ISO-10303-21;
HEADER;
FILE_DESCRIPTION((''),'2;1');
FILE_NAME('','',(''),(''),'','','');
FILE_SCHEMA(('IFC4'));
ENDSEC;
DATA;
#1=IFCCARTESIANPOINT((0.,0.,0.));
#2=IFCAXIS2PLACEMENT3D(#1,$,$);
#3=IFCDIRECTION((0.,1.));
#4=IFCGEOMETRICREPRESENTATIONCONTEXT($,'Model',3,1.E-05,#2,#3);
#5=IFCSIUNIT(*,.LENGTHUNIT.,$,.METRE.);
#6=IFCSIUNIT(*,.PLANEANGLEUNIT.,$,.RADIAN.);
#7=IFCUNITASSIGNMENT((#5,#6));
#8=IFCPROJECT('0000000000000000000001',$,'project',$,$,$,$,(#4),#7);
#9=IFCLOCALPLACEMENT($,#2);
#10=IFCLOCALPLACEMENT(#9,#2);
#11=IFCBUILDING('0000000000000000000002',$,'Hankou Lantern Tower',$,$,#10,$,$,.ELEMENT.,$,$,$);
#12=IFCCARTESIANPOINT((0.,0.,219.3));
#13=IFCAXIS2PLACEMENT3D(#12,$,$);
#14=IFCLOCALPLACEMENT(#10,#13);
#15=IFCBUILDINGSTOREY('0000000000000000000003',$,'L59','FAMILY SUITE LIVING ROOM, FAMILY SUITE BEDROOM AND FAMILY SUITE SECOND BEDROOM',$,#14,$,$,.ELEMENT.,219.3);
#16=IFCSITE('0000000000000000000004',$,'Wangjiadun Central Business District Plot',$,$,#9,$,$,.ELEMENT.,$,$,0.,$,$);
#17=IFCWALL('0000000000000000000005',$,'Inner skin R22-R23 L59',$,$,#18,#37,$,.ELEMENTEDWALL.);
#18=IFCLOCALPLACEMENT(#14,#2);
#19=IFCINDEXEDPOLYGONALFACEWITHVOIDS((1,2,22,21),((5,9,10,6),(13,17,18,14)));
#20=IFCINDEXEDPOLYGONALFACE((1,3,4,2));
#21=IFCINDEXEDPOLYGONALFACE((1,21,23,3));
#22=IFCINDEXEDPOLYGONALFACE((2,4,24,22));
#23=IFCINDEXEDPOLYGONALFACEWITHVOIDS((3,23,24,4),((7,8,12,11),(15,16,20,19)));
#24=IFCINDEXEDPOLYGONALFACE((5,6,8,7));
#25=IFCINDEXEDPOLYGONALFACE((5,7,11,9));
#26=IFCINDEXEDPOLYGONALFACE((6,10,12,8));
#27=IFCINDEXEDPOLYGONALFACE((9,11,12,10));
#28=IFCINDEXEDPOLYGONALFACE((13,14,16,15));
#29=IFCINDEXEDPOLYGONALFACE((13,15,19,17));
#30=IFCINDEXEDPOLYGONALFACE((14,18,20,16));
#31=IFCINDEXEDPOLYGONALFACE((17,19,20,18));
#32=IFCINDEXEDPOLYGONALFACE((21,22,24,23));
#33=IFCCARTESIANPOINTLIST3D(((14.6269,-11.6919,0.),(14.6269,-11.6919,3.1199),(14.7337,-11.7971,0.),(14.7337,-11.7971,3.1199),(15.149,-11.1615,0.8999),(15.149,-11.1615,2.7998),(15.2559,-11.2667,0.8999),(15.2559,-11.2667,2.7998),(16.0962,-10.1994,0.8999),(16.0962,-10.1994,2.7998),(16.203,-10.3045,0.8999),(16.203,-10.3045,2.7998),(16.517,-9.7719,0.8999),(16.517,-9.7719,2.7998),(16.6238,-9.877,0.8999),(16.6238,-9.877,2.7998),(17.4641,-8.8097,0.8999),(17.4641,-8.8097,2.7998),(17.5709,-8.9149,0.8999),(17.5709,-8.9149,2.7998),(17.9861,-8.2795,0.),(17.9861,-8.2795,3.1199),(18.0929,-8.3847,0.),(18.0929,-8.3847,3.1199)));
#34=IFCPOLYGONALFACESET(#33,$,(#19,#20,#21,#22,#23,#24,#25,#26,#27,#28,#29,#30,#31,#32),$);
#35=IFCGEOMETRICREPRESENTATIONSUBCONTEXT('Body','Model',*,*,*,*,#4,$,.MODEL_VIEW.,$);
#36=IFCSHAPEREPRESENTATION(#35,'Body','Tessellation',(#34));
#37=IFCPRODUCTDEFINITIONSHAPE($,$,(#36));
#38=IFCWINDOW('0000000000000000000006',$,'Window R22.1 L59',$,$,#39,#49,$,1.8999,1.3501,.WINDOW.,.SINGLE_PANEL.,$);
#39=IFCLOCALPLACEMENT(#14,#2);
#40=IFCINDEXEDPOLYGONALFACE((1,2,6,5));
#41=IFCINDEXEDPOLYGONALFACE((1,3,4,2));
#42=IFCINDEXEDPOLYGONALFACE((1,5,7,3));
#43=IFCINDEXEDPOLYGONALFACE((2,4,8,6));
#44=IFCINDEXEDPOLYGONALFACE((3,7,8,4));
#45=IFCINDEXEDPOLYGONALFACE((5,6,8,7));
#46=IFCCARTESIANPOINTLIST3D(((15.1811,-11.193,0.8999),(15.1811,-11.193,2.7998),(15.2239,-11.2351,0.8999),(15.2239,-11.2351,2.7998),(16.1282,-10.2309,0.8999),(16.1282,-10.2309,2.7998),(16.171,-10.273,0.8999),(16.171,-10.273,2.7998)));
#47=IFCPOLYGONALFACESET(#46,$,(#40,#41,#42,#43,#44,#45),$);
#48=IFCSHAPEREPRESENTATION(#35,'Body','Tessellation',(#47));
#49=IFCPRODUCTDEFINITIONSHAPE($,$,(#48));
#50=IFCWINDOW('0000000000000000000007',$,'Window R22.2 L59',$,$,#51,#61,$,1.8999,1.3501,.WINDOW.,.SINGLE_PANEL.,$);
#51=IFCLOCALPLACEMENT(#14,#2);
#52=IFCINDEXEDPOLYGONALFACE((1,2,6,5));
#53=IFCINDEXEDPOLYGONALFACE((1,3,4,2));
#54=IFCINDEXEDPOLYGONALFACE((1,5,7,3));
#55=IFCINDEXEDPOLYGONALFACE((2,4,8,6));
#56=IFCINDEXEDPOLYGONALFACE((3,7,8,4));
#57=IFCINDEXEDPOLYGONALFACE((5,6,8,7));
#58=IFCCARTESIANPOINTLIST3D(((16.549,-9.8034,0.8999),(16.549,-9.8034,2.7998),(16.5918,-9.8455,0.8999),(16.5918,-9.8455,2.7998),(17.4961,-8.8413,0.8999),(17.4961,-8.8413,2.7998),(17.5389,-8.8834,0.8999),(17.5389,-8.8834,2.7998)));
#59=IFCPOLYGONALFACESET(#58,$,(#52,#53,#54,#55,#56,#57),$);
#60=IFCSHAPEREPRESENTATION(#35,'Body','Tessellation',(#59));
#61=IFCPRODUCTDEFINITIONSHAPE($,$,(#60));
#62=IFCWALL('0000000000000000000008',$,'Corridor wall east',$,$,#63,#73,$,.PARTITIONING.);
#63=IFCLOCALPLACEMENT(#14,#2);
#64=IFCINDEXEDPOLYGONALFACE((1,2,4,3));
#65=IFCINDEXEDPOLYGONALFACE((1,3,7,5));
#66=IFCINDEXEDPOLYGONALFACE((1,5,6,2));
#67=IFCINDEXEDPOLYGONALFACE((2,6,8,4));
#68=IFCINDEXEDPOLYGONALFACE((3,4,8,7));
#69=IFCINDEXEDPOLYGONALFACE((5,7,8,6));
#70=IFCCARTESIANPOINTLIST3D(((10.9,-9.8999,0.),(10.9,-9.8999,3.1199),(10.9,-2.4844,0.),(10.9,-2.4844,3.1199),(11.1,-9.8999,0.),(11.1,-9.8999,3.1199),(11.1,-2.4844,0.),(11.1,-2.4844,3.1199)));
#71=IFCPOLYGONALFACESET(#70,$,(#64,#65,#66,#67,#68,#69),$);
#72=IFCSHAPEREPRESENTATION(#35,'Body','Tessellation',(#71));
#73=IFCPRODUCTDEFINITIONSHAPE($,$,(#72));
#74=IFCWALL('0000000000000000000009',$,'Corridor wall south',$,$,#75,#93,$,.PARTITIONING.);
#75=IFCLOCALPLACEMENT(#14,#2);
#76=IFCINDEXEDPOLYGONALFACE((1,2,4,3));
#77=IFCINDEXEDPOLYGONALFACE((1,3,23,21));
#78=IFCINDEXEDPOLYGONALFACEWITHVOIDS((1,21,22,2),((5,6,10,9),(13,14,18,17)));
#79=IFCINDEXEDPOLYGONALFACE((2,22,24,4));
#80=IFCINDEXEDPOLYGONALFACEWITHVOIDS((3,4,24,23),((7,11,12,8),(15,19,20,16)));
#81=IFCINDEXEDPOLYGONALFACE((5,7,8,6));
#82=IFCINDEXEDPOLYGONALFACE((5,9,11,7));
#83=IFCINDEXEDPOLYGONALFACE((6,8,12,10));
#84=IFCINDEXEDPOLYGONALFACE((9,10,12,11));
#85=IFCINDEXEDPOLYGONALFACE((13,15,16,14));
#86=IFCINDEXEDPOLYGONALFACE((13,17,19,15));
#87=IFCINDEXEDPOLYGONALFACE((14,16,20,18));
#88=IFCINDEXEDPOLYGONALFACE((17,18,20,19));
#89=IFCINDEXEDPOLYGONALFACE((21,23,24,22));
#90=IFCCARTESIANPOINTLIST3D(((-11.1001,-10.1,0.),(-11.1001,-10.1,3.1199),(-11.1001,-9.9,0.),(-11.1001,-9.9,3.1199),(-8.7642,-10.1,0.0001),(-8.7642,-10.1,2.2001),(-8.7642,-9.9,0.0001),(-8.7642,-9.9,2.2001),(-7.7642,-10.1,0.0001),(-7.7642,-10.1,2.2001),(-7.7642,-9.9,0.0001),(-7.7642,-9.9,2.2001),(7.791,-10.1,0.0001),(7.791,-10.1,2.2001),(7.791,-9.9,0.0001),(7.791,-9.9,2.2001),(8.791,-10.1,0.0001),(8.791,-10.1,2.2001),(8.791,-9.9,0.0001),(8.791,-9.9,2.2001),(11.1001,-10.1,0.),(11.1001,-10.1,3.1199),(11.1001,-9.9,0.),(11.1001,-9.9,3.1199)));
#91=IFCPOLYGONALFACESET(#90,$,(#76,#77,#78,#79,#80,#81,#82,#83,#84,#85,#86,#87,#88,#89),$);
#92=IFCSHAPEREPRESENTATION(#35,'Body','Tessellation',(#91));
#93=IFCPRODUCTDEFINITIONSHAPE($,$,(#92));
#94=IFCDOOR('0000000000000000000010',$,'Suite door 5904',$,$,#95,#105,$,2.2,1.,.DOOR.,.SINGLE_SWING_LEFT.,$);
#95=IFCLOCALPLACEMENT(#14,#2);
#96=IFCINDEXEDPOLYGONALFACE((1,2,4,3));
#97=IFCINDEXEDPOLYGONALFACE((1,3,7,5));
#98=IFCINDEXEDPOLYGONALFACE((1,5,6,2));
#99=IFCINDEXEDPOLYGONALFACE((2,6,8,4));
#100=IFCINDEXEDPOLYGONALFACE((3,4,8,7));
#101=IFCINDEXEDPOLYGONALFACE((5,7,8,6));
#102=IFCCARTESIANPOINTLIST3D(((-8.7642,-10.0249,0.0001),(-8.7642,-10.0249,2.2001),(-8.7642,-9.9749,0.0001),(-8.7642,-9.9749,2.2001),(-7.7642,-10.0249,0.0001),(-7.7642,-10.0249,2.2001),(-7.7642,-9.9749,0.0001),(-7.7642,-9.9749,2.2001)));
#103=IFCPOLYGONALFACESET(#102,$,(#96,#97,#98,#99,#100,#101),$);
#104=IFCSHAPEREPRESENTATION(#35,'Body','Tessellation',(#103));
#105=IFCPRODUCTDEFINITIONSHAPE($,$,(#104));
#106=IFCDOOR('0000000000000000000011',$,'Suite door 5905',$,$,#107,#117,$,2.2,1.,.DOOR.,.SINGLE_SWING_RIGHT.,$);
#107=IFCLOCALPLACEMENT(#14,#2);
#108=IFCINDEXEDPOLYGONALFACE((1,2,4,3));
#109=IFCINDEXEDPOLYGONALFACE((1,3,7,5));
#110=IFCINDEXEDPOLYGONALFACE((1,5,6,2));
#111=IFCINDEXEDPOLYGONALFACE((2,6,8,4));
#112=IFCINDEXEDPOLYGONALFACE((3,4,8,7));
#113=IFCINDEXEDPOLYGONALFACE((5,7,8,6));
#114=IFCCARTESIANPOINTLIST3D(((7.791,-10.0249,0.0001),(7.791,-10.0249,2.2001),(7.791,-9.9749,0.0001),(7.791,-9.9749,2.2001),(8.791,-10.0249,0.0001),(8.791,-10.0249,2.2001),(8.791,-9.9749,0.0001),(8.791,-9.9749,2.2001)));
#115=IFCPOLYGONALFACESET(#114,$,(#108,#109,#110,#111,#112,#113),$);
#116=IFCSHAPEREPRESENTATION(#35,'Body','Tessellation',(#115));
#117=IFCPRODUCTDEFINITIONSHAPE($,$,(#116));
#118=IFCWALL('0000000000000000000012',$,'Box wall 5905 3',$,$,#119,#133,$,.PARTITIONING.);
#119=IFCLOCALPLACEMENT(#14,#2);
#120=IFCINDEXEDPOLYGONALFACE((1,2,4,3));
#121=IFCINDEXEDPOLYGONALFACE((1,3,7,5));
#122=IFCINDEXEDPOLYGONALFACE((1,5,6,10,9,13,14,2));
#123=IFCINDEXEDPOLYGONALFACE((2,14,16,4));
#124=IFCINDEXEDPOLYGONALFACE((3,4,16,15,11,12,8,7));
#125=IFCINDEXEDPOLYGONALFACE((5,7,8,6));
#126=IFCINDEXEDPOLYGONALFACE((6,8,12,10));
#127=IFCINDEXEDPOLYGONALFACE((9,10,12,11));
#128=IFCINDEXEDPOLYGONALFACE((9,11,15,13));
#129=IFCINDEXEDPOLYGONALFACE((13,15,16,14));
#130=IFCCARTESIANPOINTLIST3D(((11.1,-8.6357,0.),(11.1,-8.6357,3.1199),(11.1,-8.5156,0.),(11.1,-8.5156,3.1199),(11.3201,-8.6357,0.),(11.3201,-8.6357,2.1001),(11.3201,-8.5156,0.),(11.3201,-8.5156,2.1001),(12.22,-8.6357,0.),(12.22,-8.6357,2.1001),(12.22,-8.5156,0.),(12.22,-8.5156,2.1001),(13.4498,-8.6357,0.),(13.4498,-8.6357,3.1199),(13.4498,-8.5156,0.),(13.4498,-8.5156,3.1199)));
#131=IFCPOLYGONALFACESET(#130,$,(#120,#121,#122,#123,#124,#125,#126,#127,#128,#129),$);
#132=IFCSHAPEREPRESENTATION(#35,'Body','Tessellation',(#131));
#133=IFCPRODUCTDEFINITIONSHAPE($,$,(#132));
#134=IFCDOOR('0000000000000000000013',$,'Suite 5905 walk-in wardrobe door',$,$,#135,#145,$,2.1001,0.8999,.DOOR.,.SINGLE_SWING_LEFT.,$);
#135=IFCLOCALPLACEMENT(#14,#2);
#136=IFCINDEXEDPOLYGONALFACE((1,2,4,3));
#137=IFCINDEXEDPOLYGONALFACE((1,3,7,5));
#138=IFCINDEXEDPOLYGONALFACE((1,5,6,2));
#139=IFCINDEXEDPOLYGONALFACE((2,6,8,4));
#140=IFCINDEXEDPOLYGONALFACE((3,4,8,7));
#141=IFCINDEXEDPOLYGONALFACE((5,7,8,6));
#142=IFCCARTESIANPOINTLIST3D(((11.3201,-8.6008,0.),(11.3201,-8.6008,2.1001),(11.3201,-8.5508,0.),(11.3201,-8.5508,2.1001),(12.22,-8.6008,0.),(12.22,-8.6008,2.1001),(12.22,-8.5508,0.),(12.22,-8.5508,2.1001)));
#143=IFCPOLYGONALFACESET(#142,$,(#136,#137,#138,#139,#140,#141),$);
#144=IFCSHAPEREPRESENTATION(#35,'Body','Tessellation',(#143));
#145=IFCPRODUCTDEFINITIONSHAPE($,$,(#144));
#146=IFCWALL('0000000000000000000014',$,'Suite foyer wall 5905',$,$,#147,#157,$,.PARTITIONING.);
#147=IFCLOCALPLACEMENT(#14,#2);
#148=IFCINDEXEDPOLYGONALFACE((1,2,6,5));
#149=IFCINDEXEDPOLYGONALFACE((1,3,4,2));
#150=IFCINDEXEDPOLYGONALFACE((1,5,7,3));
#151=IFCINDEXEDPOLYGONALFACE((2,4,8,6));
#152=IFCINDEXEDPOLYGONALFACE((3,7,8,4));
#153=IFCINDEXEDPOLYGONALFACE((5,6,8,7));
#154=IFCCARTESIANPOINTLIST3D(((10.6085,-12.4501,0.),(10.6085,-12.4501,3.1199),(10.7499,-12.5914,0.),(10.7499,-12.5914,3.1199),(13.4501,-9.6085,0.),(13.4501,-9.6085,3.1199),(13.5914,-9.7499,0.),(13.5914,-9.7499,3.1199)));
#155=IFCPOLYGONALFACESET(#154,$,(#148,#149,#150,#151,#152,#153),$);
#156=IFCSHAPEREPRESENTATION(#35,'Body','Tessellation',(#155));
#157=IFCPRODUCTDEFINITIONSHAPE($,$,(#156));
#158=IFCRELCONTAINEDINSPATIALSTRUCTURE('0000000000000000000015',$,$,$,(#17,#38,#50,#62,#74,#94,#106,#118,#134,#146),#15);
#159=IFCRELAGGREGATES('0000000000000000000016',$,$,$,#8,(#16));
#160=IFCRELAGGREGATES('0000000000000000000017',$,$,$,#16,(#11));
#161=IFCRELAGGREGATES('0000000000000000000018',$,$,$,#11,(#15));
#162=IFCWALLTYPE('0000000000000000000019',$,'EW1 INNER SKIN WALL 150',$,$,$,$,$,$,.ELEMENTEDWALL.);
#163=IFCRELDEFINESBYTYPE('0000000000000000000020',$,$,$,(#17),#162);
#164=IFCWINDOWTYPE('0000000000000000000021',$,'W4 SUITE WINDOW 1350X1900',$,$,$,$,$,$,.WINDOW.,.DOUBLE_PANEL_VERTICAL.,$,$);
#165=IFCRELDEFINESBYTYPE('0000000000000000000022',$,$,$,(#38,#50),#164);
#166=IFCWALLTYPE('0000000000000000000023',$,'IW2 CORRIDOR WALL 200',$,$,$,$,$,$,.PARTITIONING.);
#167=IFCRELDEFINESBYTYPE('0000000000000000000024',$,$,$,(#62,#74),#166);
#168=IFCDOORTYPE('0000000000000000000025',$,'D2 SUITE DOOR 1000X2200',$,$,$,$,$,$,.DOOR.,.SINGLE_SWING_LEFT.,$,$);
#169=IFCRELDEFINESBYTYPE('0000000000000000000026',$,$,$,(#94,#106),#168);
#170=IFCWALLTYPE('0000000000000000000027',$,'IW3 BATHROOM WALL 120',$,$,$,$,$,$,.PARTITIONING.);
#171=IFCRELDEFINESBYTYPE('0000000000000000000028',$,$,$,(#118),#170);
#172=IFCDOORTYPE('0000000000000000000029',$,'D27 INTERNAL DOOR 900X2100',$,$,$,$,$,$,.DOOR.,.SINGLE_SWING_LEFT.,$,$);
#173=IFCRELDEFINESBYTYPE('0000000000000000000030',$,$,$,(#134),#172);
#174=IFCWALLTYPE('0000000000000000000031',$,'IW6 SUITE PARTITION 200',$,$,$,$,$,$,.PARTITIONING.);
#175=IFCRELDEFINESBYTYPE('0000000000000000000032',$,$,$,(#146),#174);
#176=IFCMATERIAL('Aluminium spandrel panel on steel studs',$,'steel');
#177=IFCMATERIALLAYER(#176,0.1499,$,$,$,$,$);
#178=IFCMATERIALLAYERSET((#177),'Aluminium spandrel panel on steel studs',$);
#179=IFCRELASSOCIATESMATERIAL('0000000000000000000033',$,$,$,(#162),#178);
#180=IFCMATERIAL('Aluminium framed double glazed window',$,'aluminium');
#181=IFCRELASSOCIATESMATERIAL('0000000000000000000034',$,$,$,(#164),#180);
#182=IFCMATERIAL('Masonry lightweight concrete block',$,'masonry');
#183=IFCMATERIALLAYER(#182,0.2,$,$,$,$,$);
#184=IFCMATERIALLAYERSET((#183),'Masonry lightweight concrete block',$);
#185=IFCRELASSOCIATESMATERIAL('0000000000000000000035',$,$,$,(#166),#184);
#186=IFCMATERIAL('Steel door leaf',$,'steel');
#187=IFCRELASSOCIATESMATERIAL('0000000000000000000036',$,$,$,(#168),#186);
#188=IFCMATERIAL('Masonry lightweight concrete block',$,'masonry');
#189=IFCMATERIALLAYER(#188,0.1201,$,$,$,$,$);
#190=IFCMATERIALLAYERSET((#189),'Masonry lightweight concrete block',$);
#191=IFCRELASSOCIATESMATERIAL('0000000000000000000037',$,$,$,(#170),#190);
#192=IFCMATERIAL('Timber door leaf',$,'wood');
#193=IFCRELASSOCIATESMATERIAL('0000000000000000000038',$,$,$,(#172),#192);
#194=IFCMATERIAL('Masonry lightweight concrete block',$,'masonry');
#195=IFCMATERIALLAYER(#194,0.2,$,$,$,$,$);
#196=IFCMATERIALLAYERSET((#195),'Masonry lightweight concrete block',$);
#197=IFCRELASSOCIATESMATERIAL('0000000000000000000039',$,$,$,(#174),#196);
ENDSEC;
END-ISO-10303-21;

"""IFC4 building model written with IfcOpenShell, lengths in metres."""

from ifc_helpers import new_model, si_unit, direction, frame, frame_2d, origin, place, context, subcontext, project, spatial, rectangle, extrude, material, layer, layer_set, type_object, element, fill, save


model = new_model("IFC4")

# Units and contexts
model_context = context("Model", 3, precision=1e-05, world=origin(), true_north=direction((0.0, 1.0)))
body_context = subcontext(model_context, "Body", "Model", "MODEL_VIEW")
ifc_project = project(units=[si_unit("LENGTHUNIT", "METRE"), si_unit("PLANEANGLEUNIT", "RADIAN")], contexts=[model_context])

# Site, building, storey
site_placement = place(None, origin())
site = spatial("IfcSite", under=ifc_project, at=site_placement, Name="Wangjiadun Central Business District Plot", CompositionType="ELEMENT", RefElevation=0.0)
building_placement = place(site_placement, origin())
building = spatial("IfcBuilding", under=site, at=building_placement, Name="Hankou Lantern Tower", CompositionType="ELEMENT")
storey_placement = place(building_placement, frame((0.0, 0.0, 219.3)))
storey = spatial("IfcBuildingStorey", under=building, at=storey_placement, Name="L59", Description="FAMILY SUITE LIVING ROOM, FAMILY SUITE BEDROOM AND FAMILY SUITE SECOND BEDROOM", CompositionType="ELEMENT", Elevation=219.3)

# Wall, openings, windows
ifc_material_1 = material(Name="Aluminium spandrel panel on steel studs", Category="steel")
ifc_layer_1 = layer(ifc_material_1, 0.1499)
ifc_layer_set_1 = layer_set([ifc_layer_1], Name="Aluminium spandrel panel on steel studs")
wall_type_1 = type_object("IfcWallType", Name="EW1 INNER SKIN WALL 150", PredefinedType="ELEMENTEDWALL", material=ifc_layer_set_1)
ifc_material_2 = material(Name="Aluminium framed double glazed window", Category="aluminium")
window_type = type_object("IfcWindowType", Name="W4 SUITE WINDOW 1350X1900", PartitioningType="DOUBLE_PANEL_VERTICAL", PredefinedType="WINDOW", material=ifc_material_2)
wall_1_placement = place(storey_placement, frame((14.6804, -11.7444, 0.0), z_axis=(0.0, 0.0, 1.0), x_axis=(0.701527, 0.712643, 0.0)))
wall_1 = element("IfcWall", 1, at=wall_1_placement, inside=storey, type_object=wall_type_1, Name="Inner skin R22-R23 L59", PredefinedType="ELEMENTEDWALL", context=body_context, shape_type="SweptSolid", body=[
    extrude(rectangle(XDim=4.7883, YDim=0.1499, at=frame_2d((2.394, 0.0))), origin(), (0.0, 0.0, 1.0), 3.1199),
])
opening_1_placement = place(wall_1_placement, frame((0.7441, 0.0, 0.8999)))
opening_1 = element("IfcOpeningElement", 2, at=opening_1_placement, cuts=wall_1, PredefinedType="OPENING", context=body_context, shape_type="SweptSolid", body=[
    extrude(rectangle(XDim=1.3501, YDim=1.8999, at=frame_2d((0.675, 0.95))), frame((0.0, 0.085, 0.0), z_axis=(0.0, -1.0, 0.0), x_axis=(1.0, 0.0, 0.0)), (0.0, 0.0, 1.0), 0.1699),
])
opening_2_placement = place(wall_1_placement, frame((2.6941, 0.0, 0.8999)))
opening_2 = element("IfcOpeningElement", 3, at=opening_2_placement, cuts=wall_1, PredefinedType="OPENING", context=body_context, shape_type="SweptSolid", body=[
    extrude(rectangle(XDim=1.3501, YDim=1.8999, at=frame_2d((0.675, 0.95))), frame((0.0, 0.085, 0.0), z_axis=(0.0, -1.0, 0.0), x_axis=(1.0, 0.0, 0.0)), (0.0, 0.0, 1.0), 0.1699),
])
window_1_placement = place(opening_1_placement, origin())
window_1 = element("IfcWindow", 4, at=window_1_placement, inside=storey, type_object=window_type, Name="Window R22.1 L59", OverallHeight=1.8999, OverallWidth=1.3501, PartitioningType="SINGLE_PANEL", PredefinedType="WINDOW", context=body_context, shape_type="SweptSolid", body=[
    extrude(rectangle(XDim=1.3501, YDim=1.8999, at=frame_2d((0.675, 0.95))), frame((0.0, 0.03, 0.0), z_axis=(0.0, -1.0, 0.0), x_axis=(1.0, 0.0, 0.0)), (0.0, 0.0, 1.0), 0.0601),
])
fill(opening_1, window_1)
window_2_placement = place(opening_2_placement, origin())
window_2 = element("IfcWindow", 5, at=window_2_placement, inside=storey, type_object=window_type, Name="Window R22.2 L59", OverallHeight=1.8999, OverallWidth=1.3501, PartitioningType="SINGLE_PANEL", PredefinedType="WINDOW", context=body_context, shape_type="SweptSolid", body=[
    extrude(rectangle(XDim=1.3501, YDim=1.8999, at=frame_2d((0.675, 0.95))), frame((0.0, 0.03, 0.0), z_axis=(0.0, -1.0, 0.0), x_axis=(1.0, 0.0, 0.0)), (0.0, 0.0, 1.0), 0.0601),
])
fill(opening_2, window_2)

# Wall
ifc_material_3 = material(Name="Masonry lightweight concrete block", Category="masonry")
ifc_layer_2 = layer(ifc_material_3, 0.2)
ifc_layer_set_2 = layer_set([ifc_layer_2], Name="Masonry lightweight concrete block")
wall_type_2 = type_object("IfcWallType", Name="IW2 CORRIDOR WALL 200", PredefinedType="PARTITIONING", material=ifc_layer_set_2)
wall_2_placement = place(storey_placement, frame((11.0, -9.8999, 0.0), z_axis=(0.0, 0.0, 1.0), x_axis=(0.0, 1.0, 0.0)))
element("IfcWall", 6, at=wall_2_placement, inside=storey, type_object=wall_type_2, Name="Corridor wall east", PredefinedType="PARTITIONING", context=body_context, shape_type="SweptSolid", body=[
    extrude(rectangle(XDim=7.4155, YDim=0.2, at=frame_2d((3.7078, 0.0))), origin(), (0.0, 0.0, 1.0), 3.1199),
])

# Wall, openings, doors
wall_3_placement = place(storey_placement, frame((11.1001, -10.0, 0.0), z_axis=(0.0, 0.0, 1.0), x_axis=(-1.0, 0.0, 0.0)))
wall_3 = element("IfcWall", 7, at=wall_3_placement, inside=storey, type_object=wall_type_2, Name="Corridor wall south", PredefinedType="PARTITIONING", context=body_context, shape_type="SweptSolid", body=[
    extrude(rectangle(XDim=22.2002, YDim=0.2, at=frame_2d((11.1001, 0.0))), origin(), (0.0, 0.0, 1.0), 3.1199),
])
opening_3_placement = place(wall_3_placement, frame((18.8643, 0.0, 0.0)))
opening_3 = element("IfcOpeningElement", 8, at=opening_3_placement, cuts=wall_3, PredefinedType="OPENING", context=body_context, shape_type="SweptSolid", body=[
    extrude(rectangle(XDim=1.0, YDim=2.2, at=frame_2d((0.5, 1.1001))), frame((0.0, 0.1099, 0.0), z_axis=(0.0, -1.0, 0.0), x_axis=(1.0, 0.0, 0.0)), (0.0, 0.0, 1.0), 0.22),
])
opening_4_placement = place(wall_3_placement, frame((2.3091, 0.0, 0.0)))
opening_4 = element("IfcOpeningElement", 9, at=opening_4_placement, cuts=wall_3, PredefinedType="OPENING", context=body_context, shape_type="SweptSolid", body=[
    extrude(rectangle(XDim=1.0, YDim=2.2, at=frame_2d((0.5, 1.1001))), frame((0.0, 0.1099, 0.0), z_axis=(0.0, -1.0, 0.0), x_axis=(1.0, 0.0, 0.0)), (0.0, 0.0, 1.0), 0.22),
])
ifc_material_4 = material(Name="Steel door leaf", Category="steel")
door_type_1 = type_object("IfcDoorType", Name="D2 SUITE DOOR 1000X2200", OperationType="SINGLE_SWING_LEFT", PredefinedType="DOOR", material=ifc_material_4)
door_1_placement = place(opening_3_placement, origin())
door_1 = element("IfcDoor", 10, at=door_1_placement, inside=storey, type_object=door_type_1, Name="Suite door 5904", OperationType="SINGLE_SWING_LEFT", OverallHeight=2.2, OverallWidth=1.0, PredefinedType="DOOR", context=body_context, shape_type="SweptSolid", body=[
    extrude(rectangle(XDim=1.0, YDim=2.2, at=frame_2d((0.5, 1.1001))), frame((0.0, 0.0249, 0.0), z_axis=(0.0, -1.0, 0.0), x_axis=(1.0, 0.0, 0.0)), (0.0, 0.0, 1.0), 0.05),
])
fill(opening_3, door_1)
door_2_placement = place(opening_4_placement, origin())
door_2 = element("IfcDoor", 11, at=door_2_placement, inside=storey, type_object=door_type_1, Name="Suite door 5905", OperationType="SINGLE_SWING_RIGHT", OverallHeight=2.2, OverallWidth=1.0, PredefinedType="DOOR", context=body_context, shape_type="SweptSolid", body=[
    extrude(rectangle(XDim=1.0, YDim=2.2, at=frame_2d((0.5, 1.1001))), frame((0.0, 0.0249, 0.0), z_axis=(0.0, -1.0, 0.0), x_axis=(1.0, 0.0, 0.0)), (0.0, 0.0, 1.0), 0.05),
])
fill(opening_4, door_2)

# Wall, opening, door
ifc_material_5 = material(Name="Masonry lightweight concrete block", Category="masonry")
ifc_layer_3 = layer(ifc_material_5, 0.1201)
ifc_layer_set_3 = layer_set([ifc_layer_3], Name="Masonry lightweight concrete block")
wall_type_3 = type_object("IfcWallType", Name="IW3 BATHROOM WALL 120", PredefinedType="PARTITIONING", material=ifc_layer_set_3)
wall_4_placement = place(storey_placement, frame((11.1001, -8.5757, 0.0), z_axis=(0.0, 0.0, 1.0), x_axis=(1.0, 0.0, 0.0)))
wall_4 = element("IfcWall", 12, at=wall_4_placement, inside=storey, type_object=wall_type_3, Name="Box wall 5905 3", PredefinedType="PARTITIONING", context=body_context, shape_type="SweptSolid", body=[
    extrude(rectangle(XDim=2.3499, YDim=0.1201, at=frame_2d((1.1748, 0.0))), origin(), (0.0, 0.0, 1.0), 3.1199),
])
opening_5_placement = place(wall_4_placement, frame((0.22, 0.0, 0.0)))
opening_5 = element("IfcOpeningElement", 13, at=opening_5_placement, cuts=wall_4, PredefinedType="OPENING", context=body_context, shape_type="SweptSolid", body=[
    extrude(rectangle(XDim=0.8999, YDim=2.1001, at=frame_2d((0.45, 1.05))), frame((0.0, 0.0701, 0.0), z_axis=(0.0, -1.0, 0.0), x_axis=(1.0, 0.0, 0.0)), (0.0, 0.0, 1.0), 0.1401),
])
ifc_material_6 = material(Name="Timber door leaf", Category="wood")
door_type_2 = type_object("IfcDoorType", Name="D27 INTERNAL DOOR 900X2100", OperationType="SINGLE_SWING_LEFT", PredefinedType="DOOR", material=ifc_material_6)
door_3_placement = place(opening_5_placement, origin())
door_3 = element("IfcDoor", 14, at=door_3_placement, inside=storey, type_object=door_type_2, Name="Suite 5905 walk-in wardrobe door", OperationType="SINGLE_SWING_LEFT", OverallHeight=2.1001, OverallWidth=0.8999, PredefinedType="DOOR", context=body_context, shape_type="SweptSolid", body=[
    extrude(rectangle(XDim=0.8999, YDim=2.1001, at=frame_2d((0.45, 1.05))), frame((0.0, 0.0249, 0.0), z_axis=(0.0, -1.0, 0.0), x_axis=(1.0, 0.0, 0.0)), (0.0, 0.0, 1.0), 0.05),
])
fill(opening_5, door_3)

# Wall
ifc_material_7 = material(Name="Masonry lightweight concrete block", Category="masonry")
ifc_layer_4 = layer(ifc_material_7, 0.2)
ifc_layer_set_4 = layer_set([ifc_layer_4], Name="Masonry lightweight concrete block")
wall_type_4 = type_object("IfcWallType", Name="IW6 SUITE PARTITION 200", PredefinedType="PARTITIONING", material=ifc_layer_set_4)
wall_5_placement = place(storey_placement, frame((10.6792, -12.5208, 0.0), z_axis=(0.0, 0.0, 1.0), x_axis=(0.707107, 0.707107, 0.0)))
element("IfcWall", 15, at=wall_5_placement, inside=storey, type_object=wall_type_4, Name="Suite foyer wall 5905", PredefinedType="PARTITIONING", context=body_context, shape_type="SweptSolid", body=[
    extrude(rectangle(XDim=4.0186, YDim=0.2, at=frame_2d((2.0093, 0.0))), origin(), (0.0, 0.0, 1.0), 3.1199),
])

save(model, "model.ifc")
